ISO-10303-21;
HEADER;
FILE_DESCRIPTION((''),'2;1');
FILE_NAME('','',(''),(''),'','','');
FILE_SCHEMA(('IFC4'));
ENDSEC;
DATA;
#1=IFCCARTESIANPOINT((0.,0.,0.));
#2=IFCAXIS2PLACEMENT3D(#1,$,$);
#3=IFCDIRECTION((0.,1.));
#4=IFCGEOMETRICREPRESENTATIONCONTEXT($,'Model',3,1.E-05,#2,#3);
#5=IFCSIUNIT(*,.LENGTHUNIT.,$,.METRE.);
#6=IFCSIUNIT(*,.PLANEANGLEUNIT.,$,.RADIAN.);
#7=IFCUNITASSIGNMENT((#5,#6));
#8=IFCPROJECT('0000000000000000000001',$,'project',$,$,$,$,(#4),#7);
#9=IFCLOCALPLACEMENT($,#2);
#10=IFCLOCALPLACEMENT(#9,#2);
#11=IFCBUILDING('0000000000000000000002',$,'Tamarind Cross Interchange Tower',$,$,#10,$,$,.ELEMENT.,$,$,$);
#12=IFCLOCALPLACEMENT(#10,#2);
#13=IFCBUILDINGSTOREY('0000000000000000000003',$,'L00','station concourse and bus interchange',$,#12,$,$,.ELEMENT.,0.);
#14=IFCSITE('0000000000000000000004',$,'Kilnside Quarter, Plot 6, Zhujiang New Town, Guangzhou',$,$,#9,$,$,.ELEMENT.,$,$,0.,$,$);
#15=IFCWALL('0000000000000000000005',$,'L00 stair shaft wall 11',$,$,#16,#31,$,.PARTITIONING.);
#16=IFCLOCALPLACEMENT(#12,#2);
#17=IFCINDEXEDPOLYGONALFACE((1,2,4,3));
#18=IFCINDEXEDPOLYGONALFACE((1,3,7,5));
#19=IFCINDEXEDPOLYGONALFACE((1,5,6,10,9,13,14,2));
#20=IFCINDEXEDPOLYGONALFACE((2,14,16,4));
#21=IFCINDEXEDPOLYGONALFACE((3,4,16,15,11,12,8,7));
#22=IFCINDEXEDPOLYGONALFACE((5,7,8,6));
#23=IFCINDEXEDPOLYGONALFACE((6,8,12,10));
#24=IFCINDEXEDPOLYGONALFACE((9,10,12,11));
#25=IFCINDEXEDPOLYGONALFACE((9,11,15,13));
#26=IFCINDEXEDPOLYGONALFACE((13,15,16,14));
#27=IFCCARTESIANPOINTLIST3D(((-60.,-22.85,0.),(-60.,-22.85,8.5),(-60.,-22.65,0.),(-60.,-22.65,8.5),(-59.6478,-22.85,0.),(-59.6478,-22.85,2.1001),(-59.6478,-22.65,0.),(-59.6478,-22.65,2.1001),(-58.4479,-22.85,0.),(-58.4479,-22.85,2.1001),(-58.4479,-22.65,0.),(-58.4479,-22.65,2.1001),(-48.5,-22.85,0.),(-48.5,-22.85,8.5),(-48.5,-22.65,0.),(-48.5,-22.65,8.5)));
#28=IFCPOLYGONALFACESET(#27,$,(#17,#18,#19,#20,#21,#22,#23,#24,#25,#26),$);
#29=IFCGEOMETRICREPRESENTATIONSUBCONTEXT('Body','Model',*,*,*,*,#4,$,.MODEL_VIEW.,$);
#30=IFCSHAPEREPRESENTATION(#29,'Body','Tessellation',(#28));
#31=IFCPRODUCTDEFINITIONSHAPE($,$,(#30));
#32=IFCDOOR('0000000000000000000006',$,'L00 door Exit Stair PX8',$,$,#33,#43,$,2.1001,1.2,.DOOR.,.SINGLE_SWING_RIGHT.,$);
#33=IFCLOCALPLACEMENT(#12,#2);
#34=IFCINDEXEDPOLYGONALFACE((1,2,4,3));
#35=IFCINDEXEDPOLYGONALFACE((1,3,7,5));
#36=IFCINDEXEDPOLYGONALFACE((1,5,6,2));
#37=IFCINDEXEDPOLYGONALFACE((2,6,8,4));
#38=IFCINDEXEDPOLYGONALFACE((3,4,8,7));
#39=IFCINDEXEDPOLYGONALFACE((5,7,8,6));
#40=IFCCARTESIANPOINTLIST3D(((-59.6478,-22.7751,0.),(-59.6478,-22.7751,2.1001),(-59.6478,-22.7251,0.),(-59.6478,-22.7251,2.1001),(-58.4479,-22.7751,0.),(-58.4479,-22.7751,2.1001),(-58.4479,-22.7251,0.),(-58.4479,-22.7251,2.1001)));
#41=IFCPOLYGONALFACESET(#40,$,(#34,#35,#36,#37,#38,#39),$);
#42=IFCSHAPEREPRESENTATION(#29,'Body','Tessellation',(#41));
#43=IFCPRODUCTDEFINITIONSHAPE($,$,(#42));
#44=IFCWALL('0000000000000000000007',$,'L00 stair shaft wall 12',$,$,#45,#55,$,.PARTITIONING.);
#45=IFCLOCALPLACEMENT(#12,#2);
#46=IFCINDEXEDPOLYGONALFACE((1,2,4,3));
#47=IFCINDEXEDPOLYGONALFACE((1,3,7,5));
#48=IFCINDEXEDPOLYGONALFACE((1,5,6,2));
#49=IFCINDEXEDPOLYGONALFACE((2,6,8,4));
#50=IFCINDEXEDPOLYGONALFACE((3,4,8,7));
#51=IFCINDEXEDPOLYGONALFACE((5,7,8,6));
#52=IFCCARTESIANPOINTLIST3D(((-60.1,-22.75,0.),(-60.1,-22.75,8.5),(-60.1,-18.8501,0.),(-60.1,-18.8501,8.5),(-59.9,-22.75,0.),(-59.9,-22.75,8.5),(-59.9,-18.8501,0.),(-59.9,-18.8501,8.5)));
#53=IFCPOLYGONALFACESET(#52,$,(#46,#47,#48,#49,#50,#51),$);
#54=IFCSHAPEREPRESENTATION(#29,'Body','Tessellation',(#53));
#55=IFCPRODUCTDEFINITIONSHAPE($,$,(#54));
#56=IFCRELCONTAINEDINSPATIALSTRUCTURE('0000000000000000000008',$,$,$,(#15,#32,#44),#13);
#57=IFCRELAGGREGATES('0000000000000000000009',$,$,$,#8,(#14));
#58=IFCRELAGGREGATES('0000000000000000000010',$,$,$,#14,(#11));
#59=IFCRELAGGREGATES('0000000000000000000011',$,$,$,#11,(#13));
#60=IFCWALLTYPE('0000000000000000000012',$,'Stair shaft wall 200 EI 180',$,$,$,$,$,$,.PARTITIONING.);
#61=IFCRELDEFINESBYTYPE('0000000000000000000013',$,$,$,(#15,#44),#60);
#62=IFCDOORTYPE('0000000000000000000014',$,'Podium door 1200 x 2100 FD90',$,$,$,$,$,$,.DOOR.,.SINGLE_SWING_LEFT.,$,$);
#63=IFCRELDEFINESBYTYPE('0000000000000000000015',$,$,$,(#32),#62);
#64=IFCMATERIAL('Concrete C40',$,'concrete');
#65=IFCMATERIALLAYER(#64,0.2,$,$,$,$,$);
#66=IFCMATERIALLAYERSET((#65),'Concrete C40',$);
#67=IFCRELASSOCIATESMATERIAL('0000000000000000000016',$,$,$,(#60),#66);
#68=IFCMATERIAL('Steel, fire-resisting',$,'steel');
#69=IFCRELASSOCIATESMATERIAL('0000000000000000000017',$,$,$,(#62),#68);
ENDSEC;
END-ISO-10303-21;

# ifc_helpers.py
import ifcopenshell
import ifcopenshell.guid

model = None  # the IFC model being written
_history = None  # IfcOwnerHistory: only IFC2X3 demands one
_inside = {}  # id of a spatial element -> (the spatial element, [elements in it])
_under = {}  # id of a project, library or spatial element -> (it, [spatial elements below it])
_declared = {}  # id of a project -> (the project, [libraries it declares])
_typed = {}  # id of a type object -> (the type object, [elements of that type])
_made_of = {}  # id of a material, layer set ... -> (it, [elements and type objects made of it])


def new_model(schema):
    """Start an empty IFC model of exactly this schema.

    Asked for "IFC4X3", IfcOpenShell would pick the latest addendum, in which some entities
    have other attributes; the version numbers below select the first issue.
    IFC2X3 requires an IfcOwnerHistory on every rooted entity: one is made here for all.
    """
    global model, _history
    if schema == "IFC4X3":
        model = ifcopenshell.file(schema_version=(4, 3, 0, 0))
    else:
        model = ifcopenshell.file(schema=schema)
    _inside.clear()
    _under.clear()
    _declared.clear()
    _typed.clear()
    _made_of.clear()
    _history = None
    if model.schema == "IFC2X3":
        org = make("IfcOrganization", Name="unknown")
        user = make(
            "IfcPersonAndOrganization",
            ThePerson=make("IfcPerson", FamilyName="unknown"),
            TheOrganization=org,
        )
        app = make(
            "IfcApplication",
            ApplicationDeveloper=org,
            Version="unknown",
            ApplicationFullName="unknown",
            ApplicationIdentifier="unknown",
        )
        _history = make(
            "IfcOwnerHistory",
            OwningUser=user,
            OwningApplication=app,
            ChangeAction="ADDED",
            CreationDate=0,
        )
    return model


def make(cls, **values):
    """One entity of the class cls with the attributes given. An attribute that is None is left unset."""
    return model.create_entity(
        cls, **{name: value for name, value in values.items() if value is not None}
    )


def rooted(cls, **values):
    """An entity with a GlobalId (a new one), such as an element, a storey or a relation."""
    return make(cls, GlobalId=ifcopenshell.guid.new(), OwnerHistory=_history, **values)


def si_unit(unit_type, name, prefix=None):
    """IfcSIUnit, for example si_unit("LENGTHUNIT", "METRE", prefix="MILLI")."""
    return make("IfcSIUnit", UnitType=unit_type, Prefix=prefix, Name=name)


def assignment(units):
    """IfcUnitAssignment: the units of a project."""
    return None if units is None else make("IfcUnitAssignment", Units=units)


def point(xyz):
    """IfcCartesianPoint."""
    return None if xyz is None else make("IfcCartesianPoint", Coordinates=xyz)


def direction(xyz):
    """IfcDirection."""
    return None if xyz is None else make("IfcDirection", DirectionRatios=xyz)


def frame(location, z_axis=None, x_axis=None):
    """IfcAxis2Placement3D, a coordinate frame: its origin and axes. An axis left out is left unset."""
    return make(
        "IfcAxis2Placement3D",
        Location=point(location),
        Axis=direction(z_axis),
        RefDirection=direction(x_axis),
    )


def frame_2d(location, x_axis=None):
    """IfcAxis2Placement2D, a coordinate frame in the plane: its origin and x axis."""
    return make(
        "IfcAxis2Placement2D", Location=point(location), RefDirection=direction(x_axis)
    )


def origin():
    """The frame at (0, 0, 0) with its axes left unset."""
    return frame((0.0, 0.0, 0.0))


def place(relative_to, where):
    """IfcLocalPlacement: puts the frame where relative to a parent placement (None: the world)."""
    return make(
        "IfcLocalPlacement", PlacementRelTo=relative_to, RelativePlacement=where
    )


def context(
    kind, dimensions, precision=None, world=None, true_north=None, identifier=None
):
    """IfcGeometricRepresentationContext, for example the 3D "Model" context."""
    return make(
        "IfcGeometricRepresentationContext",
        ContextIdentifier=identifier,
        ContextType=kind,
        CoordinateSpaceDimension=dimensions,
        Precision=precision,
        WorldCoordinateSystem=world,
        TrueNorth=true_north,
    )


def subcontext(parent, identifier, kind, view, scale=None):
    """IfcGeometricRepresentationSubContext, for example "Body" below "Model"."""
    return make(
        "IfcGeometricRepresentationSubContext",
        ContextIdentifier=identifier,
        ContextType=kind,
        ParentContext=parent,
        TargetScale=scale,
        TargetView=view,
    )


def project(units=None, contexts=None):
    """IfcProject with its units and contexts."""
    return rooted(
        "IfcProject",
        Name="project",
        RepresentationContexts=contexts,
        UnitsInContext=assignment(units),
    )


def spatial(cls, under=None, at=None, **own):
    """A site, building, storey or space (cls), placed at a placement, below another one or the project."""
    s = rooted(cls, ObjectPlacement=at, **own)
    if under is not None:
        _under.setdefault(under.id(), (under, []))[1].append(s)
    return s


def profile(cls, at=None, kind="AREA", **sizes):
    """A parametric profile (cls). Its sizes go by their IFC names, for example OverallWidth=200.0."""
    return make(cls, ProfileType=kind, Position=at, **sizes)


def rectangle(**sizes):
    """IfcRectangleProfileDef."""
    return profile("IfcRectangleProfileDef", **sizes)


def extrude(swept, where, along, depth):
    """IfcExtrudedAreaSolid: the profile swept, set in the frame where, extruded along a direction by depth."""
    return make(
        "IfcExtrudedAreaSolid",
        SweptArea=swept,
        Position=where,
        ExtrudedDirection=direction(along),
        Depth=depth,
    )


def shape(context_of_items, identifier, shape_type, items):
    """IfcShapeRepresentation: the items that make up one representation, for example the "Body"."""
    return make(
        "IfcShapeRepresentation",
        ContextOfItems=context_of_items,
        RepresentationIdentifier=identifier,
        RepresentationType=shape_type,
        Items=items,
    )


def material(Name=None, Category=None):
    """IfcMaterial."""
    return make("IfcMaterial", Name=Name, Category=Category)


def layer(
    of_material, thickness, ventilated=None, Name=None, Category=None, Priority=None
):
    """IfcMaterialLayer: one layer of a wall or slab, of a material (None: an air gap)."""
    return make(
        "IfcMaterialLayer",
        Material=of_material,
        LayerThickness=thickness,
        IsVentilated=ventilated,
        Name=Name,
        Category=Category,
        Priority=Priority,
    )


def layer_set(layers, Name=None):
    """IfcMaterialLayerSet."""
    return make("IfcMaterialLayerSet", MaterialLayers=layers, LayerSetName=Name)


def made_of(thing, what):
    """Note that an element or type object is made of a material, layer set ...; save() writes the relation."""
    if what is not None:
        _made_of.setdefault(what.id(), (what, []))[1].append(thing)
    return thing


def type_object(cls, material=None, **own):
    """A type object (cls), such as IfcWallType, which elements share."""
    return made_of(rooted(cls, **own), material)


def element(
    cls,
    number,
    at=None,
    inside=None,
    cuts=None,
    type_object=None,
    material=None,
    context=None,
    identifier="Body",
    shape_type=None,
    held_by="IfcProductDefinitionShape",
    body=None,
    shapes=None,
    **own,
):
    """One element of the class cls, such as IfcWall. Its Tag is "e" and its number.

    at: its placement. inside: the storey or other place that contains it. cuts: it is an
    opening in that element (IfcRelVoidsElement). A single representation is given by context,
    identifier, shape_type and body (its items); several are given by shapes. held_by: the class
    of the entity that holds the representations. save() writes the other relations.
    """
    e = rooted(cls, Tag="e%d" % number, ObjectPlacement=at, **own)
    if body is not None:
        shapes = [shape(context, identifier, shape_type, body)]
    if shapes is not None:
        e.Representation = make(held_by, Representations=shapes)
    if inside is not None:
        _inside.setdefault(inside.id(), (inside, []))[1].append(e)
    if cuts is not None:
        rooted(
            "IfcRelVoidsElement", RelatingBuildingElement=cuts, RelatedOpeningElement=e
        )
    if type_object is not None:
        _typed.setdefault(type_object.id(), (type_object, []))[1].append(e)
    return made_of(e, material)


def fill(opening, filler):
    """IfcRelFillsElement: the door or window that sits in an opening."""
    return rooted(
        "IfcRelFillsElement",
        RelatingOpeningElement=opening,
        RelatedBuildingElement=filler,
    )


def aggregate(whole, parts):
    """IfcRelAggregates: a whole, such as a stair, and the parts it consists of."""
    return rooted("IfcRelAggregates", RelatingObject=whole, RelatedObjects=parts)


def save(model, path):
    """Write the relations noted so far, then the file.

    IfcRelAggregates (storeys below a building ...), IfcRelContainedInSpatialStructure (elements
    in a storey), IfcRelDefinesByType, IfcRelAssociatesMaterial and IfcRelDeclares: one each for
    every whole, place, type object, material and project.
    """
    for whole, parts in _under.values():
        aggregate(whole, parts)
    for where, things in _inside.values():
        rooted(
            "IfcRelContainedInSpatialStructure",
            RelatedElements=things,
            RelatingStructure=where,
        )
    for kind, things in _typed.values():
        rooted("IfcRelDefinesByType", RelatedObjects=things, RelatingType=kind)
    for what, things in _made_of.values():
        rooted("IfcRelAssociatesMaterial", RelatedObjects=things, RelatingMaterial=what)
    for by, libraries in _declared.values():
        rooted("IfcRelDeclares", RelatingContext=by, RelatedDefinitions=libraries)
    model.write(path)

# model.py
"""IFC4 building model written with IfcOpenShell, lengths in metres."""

from ifc_helpers import new_model, si_unit, direction, frame, frame_2d, origin, place, context, subcontext, project, spatial, rectangle, extrude, material, layer, layer_set, type_object, element, fill, save


model = new_model("IFC4")

# Units and contexts
model_context = context("Model", 3, precision=1e-05, world=origin(), true_north=direction((0.0, 1.0)))
body_context = subcontext(model_context, "Body", "Model", "MODEL_VIEW")
ifc_project = project(units=[si_unit("LENGTHUNIT", "METRE"), si_unit("PLANEANGLEUNIT", "RADIAN")], contexts=[model_context])

# Site, building, storey
site_placement = place(None, origin())
site = spatial("IfcSite", under=ifc_project, at=site_placement, Name="Kilnside Quarter, Plot 6, Zhujiang New Town, Guangzhou", CompositionType="ELEMENT", RefElevation=0.0)
building_placement = place(site_placement, origin())
building = spatial("IfcBuilding", under=site, at=building_placement, Name="Tamarind Cross Interchange Tower", CompositionType="ELEMENT")
storey_placement = place(building_placement, origin())
storey = spatial("IfcBuildingStorey", under=building, at=storey_placement, Name="L00", Description="station concourse and bus interchange", CompositionType="ELEMENT", Elevation=0.0)

# Shared definitions
ifc_material_1 = material(Name="Concrete C40", Category="concrete")
ifc_layer_1 = layer(ifc_material_1, 0.2)
ifc_layer_set_1 = layer_set([ifc_layer_1], Name="Concrete C40")
wall_type_1 = type_object("IfcWallType", Name="Stair shaft wall 200 EI 180", PredefinedType="PARTITIONING", material=ifc_layer_set_1)

# Wall, opening, door
wall_1_placement = place(storey_placement, frame((-60.0, -22.75, 0.0), z_axis=(0.0, 0.0, 1.0), x_axis=(1.0, 0.0, 0.0)))
wall_1 = element("IfcWall", 1, at=wall_1_placement, inside=storey, type_object=wall_type_1, Name="L00 stair shaft wall 11", PredefinedType="PARTITIONING", context=body_context, shape_type="SweptSolid", body=[
    extrude(rectangle(XDim=11.5, YDim=0.2, at=frame_2d((5.75, 0.0))), origin(), (0.0, 0.0, 1.0), 8.5),
])
opening_1_placement = place(wall_1_placement, frame((0.3521, 0.0, 0.0)))
opening_1 = element("IfcOpeningElement", 2, at=opening_1_placement, cuts=wall_1, PredefinedType="OPENING", context=body_context, shape_type="SweptSolid", body=[
    extrude(rectangle(XDim=1.2, YDim=2.1001, at=frame_2d((0.6001, 1.05))), frame((0.0, 0.1099, 0.0), z_axis=(0.0, -1.0, 0.0), x_axis=(1.0, 0.0, 0.0)), (0.0, 0.0, 1.0), 0.22),
])
ifc_material_2 = material(Name="Steel, fire-resisting", Category="steel")
door_type_1 = type_object("IfcDoorType", Name="Podium door 1200 x 2100 FD90", OperationType="SINGLE_SWING_LEFT", PredefinedType="DOOR", material=ifc_material_2)
door_1_placement = place(opening_1_placement, origin())
door_1 = element("IfcDoor", 3, at=door_1_placement, inside=storey, type_object=door_type_1, Name="L00 door Exit Stair PX8", OperationType="SINGLE_SWING_RIGHT", OverallHeight=2.1001, OverallWidth=1.2, PredefinedType="DOOR", context=body_context, shape_type="SweptSolid", body=[
    extrude(rectangle(XDim=1.2, YDim=2.1001, at=frame_2d((0.6001, 1.05))), frame((0.0, 0.0249, 0.0), z_axis=(0.0, -1.0, 0.0), x_axis=(1.0, 0.0, 0.0)), (0.0, 0.0, 1.0), 0.05),
])
fill(opening_1, door_1)

# Wall
wall_2_placement = place(storey_placement, frame((-60.0, -22.75, 0.0), z_axis=(0.0, 0.0, 1.0), x_axis=(0.0, 1.0, 0.0)))
element("IfcWall", 4, at=wall_2_placement, inside=storey, type_object=wall_type_1, Name="L00 stair shaft wall 12", PredefinedType="PARTITIONING", context=body_context, shape_type="SweptSolid", body=[
    extrude(rectangle(XDim=3.8999, YDim=0.2, at=frame_2d((1.95, 0.0))), origin(), (0.0, 0.0, 1.0), 8.5),
])

save(model, "model.ifc")
